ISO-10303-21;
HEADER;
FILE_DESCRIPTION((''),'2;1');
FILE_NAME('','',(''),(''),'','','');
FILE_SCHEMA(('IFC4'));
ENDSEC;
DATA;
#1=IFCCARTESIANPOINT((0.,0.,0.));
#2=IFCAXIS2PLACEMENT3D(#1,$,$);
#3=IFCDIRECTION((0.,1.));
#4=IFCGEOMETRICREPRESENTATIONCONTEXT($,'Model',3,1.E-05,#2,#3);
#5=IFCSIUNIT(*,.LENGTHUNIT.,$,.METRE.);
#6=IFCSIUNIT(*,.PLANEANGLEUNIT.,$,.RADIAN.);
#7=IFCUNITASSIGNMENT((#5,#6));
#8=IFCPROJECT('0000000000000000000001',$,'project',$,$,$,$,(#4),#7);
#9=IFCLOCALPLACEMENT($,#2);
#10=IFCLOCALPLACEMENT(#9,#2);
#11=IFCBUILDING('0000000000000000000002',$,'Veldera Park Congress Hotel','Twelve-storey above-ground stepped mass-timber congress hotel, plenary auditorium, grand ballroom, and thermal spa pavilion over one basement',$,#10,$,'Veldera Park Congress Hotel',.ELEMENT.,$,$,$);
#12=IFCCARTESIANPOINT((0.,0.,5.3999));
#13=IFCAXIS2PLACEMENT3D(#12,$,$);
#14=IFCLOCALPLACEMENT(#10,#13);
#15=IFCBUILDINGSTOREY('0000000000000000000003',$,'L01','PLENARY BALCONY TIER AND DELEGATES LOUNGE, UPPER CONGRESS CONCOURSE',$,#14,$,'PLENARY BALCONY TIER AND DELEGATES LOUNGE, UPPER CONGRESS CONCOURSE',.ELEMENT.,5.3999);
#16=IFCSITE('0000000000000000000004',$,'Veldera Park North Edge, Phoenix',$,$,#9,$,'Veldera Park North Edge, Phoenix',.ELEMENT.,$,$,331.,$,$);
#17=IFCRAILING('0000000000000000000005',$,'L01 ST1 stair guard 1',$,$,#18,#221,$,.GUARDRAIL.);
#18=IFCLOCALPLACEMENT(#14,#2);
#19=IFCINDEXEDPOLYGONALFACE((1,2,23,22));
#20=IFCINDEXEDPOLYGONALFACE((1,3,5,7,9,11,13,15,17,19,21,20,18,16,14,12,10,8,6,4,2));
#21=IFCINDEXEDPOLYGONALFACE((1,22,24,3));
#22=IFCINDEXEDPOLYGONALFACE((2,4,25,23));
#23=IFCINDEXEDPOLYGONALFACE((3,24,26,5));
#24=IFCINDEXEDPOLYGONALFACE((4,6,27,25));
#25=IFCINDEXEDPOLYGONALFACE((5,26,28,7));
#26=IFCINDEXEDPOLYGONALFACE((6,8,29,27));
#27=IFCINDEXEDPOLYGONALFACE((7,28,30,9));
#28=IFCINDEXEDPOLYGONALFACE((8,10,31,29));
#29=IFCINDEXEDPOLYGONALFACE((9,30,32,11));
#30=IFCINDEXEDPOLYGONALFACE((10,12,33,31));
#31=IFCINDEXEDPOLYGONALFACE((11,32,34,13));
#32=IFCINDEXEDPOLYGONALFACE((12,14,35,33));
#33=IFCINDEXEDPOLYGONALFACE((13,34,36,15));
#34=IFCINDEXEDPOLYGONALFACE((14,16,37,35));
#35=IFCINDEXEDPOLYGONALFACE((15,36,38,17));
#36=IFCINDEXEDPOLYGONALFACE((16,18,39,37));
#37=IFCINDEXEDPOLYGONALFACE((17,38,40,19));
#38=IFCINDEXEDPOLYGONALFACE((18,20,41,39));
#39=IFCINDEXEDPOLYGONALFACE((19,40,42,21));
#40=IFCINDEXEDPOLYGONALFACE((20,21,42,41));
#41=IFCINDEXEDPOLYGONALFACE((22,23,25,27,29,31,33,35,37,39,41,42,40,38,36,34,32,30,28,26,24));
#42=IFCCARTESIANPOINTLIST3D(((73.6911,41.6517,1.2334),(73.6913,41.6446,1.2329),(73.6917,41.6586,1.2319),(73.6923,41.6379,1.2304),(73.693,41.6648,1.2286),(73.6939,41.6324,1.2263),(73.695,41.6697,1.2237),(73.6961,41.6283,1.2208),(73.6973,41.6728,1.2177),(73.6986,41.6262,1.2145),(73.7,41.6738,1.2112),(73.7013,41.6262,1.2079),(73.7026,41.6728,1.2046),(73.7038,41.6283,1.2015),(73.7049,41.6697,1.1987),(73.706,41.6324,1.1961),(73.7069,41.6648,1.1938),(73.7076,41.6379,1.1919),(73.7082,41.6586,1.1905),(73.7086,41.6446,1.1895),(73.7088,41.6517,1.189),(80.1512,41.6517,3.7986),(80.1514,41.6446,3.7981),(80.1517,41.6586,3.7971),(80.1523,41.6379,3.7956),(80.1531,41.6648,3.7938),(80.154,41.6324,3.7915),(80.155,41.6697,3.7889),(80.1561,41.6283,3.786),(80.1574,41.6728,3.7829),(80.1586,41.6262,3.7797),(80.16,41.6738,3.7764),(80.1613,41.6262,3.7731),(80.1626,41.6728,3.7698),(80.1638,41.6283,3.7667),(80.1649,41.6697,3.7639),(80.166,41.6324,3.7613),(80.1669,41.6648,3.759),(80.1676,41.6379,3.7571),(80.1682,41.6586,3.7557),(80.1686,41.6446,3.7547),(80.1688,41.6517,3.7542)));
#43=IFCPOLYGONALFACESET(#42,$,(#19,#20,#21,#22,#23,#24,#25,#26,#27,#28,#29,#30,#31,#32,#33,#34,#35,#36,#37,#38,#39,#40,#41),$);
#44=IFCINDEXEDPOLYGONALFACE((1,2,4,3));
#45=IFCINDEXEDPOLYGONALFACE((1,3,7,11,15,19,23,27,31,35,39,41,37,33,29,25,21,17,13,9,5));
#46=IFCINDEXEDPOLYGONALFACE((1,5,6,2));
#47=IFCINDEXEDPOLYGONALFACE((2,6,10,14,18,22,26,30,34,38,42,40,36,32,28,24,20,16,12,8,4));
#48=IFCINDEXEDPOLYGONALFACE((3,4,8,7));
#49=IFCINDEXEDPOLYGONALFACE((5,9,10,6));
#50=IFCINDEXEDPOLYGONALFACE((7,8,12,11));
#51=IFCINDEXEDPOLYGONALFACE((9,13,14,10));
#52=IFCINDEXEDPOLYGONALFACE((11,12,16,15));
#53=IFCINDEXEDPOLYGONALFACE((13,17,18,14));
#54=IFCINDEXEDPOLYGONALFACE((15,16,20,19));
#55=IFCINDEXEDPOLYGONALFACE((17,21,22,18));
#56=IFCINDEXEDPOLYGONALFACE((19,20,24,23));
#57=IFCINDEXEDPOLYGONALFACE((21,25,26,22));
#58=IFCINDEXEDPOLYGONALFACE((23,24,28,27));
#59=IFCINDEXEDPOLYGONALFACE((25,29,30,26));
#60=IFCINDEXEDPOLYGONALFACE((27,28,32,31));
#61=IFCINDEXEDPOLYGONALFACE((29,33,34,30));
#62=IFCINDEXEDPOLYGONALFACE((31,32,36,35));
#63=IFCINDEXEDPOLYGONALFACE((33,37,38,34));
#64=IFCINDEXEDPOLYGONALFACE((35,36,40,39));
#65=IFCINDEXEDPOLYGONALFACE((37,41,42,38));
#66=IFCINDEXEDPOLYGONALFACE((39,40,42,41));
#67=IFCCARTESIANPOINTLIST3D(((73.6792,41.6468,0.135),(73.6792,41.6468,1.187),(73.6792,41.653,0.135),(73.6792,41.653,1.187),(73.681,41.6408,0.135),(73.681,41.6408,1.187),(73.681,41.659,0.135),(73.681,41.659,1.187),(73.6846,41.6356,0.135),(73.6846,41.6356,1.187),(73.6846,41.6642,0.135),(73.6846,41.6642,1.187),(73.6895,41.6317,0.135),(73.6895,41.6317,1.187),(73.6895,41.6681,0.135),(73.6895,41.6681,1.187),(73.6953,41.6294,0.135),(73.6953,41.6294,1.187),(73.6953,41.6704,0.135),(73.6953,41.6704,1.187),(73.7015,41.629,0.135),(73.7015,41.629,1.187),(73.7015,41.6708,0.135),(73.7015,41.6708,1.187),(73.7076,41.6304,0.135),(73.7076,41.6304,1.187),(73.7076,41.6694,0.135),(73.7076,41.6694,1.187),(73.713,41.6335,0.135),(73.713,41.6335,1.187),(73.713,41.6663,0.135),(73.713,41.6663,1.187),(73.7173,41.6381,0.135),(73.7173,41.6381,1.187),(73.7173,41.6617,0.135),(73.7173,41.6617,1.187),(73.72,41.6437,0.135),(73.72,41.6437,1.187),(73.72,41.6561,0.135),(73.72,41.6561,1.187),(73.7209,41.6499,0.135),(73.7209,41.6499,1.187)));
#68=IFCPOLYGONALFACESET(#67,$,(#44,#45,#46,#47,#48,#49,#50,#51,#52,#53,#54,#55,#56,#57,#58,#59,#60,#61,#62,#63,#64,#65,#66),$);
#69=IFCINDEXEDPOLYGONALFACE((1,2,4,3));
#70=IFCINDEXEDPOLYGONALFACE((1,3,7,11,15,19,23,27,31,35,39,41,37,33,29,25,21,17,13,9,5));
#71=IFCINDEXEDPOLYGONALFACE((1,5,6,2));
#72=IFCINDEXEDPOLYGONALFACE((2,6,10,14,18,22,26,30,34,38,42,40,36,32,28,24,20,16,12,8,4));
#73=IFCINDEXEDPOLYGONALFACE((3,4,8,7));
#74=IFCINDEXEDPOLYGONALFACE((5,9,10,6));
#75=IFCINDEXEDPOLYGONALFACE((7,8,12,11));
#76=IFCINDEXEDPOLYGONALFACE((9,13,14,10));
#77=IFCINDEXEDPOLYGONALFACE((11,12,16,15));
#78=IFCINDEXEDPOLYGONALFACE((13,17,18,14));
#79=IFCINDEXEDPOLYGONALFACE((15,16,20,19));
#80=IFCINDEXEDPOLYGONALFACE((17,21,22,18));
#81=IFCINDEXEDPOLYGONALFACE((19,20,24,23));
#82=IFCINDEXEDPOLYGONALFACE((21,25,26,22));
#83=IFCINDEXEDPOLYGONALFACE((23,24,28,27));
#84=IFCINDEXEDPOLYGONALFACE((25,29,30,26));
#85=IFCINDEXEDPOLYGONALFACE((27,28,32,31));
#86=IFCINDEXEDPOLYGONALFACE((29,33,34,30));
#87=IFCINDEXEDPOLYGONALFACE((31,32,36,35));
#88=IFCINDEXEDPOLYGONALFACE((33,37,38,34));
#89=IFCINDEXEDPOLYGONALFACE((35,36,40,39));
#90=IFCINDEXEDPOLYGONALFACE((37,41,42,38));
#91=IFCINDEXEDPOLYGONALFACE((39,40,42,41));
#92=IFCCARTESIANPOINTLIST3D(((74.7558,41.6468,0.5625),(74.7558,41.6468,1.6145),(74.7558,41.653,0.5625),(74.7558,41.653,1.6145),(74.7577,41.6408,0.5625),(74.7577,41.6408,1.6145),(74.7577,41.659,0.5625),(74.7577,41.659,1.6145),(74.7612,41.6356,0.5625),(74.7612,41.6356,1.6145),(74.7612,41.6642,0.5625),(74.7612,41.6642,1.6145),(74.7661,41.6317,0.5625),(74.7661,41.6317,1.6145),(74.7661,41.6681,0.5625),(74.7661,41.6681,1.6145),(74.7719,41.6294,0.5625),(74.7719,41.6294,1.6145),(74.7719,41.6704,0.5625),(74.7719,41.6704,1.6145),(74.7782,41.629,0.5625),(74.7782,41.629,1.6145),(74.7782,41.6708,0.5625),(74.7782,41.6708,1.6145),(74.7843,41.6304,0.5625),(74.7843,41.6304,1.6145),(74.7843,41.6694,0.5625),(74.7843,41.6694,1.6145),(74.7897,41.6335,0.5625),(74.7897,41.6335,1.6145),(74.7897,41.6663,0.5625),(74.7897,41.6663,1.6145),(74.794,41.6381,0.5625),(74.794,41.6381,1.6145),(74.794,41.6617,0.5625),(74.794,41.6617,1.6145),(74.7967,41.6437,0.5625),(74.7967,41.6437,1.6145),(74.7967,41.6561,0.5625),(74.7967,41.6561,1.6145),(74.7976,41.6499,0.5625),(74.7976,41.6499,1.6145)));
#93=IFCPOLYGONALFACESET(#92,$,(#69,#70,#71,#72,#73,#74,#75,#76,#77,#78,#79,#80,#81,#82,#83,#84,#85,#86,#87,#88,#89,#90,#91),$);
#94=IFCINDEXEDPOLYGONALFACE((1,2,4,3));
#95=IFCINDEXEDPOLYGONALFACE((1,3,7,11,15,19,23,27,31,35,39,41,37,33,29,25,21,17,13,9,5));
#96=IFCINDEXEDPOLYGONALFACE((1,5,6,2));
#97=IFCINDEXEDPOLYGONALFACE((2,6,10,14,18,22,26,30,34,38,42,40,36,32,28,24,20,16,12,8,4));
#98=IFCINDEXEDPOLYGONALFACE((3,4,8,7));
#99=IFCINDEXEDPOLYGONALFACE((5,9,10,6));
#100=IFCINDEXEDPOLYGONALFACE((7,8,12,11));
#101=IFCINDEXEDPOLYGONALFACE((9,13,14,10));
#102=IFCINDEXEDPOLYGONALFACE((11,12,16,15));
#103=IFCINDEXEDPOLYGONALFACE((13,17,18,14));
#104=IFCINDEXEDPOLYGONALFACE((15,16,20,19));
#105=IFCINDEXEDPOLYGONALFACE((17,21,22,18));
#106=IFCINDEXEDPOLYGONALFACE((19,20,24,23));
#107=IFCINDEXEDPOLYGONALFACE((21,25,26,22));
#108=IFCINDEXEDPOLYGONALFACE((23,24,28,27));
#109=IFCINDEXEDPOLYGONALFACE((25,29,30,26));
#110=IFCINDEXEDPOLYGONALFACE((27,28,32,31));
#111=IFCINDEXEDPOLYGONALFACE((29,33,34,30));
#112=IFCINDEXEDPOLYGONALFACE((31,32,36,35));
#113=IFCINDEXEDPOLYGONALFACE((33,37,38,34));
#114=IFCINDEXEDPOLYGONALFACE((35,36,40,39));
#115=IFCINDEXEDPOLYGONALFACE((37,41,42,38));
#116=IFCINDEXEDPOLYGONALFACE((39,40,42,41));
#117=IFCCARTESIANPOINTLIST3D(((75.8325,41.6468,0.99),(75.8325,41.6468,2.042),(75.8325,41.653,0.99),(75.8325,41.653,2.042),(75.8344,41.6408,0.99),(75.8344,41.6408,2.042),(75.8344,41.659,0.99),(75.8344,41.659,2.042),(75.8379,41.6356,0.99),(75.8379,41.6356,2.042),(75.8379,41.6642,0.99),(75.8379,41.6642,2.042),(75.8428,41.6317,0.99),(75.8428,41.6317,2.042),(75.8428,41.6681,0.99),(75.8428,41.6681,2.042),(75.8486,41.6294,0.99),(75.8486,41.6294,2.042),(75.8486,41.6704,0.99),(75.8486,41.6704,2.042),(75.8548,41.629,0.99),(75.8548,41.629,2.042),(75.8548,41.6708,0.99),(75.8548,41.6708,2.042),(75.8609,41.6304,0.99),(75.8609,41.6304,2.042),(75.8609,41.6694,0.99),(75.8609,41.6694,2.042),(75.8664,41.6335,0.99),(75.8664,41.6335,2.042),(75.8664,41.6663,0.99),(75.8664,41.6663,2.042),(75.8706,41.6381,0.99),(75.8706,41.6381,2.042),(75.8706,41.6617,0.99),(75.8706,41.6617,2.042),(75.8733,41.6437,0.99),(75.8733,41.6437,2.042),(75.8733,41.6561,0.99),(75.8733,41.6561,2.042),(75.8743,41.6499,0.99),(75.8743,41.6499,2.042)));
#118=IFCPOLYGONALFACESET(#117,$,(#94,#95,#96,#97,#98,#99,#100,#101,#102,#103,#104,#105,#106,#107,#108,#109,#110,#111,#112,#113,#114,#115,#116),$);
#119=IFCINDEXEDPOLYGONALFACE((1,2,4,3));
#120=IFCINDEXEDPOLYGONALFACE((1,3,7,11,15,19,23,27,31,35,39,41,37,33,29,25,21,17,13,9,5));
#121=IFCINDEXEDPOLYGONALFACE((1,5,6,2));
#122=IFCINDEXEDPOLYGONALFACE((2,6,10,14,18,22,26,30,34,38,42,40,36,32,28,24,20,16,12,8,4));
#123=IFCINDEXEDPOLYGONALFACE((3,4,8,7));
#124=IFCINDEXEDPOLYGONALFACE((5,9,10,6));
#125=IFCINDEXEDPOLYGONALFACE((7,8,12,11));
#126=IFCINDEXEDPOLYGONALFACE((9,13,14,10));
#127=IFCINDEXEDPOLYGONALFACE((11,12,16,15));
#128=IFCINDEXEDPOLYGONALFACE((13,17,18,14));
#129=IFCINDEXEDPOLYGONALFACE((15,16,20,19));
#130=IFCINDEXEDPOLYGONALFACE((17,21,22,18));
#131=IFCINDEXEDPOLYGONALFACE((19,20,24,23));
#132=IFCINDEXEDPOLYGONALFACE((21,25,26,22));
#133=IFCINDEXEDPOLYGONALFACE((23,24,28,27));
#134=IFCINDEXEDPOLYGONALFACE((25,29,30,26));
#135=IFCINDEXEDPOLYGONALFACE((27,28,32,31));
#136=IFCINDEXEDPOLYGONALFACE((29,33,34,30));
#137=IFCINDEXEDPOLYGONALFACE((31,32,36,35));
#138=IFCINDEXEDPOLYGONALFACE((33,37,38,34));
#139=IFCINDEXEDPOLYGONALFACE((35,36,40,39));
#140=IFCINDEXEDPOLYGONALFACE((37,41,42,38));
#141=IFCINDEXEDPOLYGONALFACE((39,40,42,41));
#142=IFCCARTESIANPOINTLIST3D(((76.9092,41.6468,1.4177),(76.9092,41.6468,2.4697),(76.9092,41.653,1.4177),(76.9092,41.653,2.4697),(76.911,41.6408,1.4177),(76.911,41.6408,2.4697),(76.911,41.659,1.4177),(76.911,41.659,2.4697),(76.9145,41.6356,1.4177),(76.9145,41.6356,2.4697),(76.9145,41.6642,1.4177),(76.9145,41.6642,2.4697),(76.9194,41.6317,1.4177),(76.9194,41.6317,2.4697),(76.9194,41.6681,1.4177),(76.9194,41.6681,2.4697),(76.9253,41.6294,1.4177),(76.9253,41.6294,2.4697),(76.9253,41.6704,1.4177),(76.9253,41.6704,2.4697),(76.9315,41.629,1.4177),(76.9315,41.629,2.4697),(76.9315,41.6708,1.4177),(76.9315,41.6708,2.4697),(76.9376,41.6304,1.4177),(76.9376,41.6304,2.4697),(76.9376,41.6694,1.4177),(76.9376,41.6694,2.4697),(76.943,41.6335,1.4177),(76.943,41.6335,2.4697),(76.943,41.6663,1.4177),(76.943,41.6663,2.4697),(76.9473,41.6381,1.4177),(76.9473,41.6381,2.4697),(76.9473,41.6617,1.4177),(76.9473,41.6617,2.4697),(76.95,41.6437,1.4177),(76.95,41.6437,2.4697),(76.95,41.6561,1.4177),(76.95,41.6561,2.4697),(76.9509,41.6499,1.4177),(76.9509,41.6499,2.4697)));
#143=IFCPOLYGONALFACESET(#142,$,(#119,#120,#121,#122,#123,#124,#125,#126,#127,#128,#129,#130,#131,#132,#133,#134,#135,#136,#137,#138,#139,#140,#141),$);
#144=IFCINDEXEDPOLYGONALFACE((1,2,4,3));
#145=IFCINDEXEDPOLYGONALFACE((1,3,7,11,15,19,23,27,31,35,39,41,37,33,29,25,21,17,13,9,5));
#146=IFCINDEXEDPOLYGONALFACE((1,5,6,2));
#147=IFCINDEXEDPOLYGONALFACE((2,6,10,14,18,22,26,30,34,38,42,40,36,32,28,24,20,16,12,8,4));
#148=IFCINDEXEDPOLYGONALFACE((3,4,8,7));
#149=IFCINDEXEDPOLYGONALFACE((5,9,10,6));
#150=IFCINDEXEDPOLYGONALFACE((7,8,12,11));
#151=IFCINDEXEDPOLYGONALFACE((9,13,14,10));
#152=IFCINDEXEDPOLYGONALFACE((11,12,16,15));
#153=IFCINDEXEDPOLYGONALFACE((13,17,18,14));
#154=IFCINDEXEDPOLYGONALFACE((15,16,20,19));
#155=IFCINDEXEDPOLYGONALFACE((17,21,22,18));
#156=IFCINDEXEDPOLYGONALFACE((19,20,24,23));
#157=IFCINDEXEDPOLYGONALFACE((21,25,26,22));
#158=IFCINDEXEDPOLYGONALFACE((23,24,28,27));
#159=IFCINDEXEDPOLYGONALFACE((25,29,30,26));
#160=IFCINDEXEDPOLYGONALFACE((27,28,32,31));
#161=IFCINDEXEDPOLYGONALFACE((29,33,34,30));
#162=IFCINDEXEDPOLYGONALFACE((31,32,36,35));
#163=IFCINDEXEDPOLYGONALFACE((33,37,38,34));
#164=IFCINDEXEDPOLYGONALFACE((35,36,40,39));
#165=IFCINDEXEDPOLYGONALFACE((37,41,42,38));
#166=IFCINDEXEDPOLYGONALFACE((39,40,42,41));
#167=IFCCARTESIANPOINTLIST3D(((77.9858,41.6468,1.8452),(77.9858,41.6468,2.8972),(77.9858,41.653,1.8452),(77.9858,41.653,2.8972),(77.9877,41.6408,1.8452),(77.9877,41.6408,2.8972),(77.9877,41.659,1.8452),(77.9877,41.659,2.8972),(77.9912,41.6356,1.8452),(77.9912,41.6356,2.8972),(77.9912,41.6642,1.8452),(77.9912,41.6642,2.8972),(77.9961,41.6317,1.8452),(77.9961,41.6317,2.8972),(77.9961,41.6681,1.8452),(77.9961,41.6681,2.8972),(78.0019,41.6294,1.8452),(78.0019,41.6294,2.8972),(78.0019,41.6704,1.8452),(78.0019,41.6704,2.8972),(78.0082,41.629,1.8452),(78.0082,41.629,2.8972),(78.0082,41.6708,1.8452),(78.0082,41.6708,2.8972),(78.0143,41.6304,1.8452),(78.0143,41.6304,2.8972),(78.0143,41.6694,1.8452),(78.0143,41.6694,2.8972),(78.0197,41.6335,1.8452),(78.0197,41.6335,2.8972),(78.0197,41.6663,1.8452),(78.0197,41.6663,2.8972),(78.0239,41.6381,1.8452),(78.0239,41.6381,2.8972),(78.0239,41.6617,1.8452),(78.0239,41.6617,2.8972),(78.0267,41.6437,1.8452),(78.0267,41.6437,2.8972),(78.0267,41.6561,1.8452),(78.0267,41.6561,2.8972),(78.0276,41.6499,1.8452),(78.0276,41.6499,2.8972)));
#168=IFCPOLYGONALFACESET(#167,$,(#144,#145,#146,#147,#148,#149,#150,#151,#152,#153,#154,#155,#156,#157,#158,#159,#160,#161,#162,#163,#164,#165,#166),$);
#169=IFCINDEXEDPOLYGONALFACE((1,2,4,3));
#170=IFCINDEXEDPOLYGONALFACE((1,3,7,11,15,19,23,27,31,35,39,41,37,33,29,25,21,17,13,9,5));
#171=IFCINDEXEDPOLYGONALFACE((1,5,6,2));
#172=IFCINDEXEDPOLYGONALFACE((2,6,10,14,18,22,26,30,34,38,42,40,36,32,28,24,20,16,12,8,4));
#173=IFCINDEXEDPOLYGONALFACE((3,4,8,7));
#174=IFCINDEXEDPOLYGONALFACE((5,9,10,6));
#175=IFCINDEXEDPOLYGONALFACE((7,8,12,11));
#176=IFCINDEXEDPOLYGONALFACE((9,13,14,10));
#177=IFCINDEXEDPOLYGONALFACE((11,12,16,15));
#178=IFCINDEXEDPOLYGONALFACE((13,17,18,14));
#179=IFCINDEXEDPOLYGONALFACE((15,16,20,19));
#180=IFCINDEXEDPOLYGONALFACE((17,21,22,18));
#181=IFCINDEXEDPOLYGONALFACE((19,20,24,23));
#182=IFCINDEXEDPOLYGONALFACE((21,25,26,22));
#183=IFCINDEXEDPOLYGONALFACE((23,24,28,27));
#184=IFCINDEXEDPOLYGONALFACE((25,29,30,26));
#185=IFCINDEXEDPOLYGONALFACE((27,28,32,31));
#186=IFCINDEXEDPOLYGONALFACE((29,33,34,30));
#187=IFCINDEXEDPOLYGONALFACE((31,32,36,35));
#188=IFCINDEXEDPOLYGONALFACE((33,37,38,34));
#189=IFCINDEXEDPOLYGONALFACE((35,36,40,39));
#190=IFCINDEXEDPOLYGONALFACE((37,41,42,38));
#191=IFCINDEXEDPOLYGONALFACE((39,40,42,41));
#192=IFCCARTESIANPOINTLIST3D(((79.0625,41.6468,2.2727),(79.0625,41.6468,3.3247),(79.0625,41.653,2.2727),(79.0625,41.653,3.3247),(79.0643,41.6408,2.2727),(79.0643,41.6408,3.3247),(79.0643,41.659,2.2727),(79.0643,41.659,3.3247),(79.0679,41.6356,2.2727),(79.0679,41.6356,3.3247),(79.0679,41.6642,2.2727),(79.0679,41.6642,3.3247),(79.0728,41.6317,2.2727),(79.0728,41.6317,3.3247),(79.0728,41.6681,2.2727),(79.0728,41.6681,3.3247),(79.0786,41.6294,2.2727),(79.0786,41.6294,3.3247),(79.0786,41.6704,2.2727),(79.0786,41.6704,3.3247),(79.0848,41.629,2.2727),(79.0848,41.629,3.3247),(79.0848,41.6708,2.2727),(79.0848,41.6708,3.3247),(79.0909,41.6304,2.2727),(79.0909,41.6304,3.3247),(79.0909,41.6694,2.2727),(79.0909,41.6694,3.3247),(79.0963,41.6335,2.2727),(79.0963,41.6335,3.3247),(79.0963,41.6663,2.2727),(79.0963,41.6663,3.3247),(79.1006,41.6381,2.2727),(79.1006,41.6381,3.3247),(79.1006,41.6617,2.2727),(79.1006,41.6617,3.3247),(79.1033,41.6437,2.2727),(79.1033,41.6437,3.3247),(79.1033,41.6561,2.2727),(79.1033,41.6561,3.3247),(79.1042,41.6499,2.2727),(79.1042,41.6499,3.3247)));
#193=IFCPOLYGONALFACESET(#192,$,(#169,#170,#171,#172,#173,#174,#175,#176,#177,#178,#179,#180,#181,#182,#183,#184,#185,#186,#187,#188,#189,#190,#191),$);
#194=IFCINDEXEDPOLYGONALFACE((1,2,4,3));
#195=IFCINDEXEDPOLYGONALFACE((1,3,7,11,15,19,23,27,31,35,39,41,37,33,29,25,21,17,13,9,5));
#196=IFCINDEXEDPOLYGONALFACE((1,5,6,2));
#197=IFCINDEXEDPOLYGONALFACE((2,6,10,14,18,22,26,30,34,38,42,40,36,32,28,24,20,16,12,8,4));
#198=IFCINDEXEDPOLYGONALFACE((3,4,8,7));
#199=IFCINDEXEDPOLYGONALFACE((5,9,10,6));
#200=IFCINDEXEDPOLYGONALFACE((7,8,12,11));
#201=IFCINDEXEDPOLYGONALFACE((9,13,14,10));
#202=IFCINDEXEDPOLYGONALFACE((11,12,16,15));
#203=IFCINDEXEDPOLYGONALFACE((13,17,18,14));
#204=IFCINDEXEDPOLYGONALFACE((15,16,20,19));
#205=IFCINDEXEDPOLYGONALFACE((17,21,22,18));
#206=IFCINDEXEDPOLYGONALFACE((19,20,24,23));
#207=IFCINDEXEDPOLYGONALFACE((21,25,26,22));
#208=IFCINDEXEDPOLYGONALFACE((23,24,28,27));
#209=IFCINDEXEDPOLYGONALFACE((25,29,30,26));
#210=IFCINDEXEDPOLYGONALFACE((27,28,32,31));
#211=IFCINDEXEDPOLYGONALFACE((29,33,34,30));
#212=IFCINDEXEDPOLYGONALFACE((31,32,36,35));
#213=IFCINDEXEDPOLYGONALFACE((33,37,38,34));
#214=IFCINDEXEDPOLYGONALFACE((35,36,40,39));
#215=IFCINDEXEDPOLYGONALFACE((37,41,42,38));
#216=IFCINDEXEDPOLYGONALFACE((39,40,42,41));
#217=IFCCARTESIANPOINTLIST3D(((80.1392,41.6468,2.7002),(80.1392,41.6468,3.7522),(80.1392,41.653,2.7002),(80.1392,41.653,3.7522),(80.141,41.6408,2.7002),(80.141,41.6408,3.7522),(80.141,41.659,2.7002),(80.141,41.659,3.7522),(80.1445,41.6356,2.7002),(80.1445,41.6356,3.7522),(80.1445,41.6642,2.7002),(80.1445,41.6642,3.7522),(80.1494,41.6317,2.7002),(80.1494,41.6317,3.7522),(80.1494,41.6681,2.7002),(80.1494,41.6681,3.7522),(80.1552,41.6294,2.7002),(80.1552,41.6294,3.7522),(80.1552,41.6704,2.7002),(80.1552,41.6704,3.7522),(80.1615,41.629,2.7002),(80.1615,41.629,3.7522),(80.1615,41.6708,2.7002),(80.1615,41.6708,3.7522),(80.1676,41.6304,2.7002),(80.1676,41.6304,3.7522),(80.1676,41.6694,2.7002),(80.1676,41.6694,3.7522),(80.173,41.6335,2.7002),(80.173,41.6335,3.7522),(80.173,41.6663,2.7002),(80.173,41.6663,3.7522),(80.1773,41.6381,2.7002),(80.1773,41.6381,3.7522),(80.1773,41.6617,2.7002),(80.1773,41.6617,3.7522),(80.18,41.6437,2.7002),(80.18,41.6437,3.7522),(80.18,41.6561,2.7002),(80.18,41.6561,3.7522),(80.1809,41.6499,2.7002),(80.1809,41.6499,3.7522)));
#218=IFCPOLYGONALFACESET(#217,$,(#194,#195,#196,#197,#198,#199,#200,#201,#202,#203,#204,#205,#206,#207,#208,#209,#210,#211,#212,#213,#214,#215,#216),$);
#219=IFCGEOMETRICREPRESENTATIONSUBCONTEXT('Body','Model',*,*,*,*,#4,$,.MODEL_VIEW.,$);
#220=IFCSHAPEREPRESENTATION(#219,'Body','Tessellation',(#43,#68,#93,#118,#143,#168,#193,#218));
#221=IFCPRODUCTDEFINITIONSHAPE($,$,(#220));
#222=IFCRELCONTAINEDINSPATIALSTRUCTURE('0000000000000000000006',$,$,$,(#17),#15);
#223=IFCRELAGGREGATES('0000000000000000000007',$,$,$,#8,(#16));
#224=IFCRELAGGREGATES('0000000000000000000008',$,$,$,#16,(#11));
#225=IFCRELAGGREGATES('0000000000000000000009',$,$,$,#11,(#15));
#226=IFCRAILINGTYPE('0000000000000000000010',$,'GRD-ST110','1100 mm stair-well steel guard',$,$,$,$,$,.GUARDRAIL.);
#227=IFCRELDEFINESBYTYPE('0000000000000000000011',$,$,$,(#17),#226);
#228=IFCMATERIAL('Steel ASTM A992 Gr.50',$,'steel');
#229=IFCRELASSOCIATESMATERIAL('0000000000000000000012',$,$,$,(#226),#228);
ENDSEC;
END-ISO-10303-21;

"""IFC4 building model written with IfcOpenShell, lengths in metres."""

from ifc_helpers import new_model, si_unit, direction, frame, origin, origin_2d, place, context, subcontext, project, spatial, circle, extrude, material, type_object, element, save


model = new_model("IFC4")

# Units and contexts
model_context = context("Model", 3, precision=1e-05, world=origin(), true_north=direction((0.0, 1.0)))
body_context = subcontext(model_context, "Body", "Model", "MODEL_VIEW")
ifc_project = project(units=[si_unit("LENGTHUNIT", "METRE"), si_unit("PLANEANGLEUNIT", "RADIAN")], contexts=[model_context])

# Site, building, storey
site_placement = place(None, origin())
site = spatial("IfcSite", under=ifc_project, at=site_placement, Name="Veldera Park North Edge, Phoenix", LongName="Veldera Park North Edge, Phoenix", CompositionType="ELEMENT", RefElevation=331.0)
building_placement = place(site_placement, origin())
building = spatial("IfcBuilding", under=site, at=building_placement, Name="Veldera Park Congress Hotel", Description="Twelve-storey above-ground stepped mass-timber congress hotel, plenary auditorium, grand ballroom, and thermal spa pavilion over one basement", LongName="Veldera Park Congress Hotel", CompositionType="ELEMENT")
storey_placement = place(building_placement, frame((0.0, 0.0, 5.3999)))
storey = spatial("IfcBuildingStorey", under=building, at=storey_placement, Name="L01", Description="PLENARY BALCONY TIER AND DELEGATES LOUNGE, UPPER CONGRESS CONCOURSE", LongName="PLENARY BALCONY TIER AND DELEGATES LOUNGE, UPPER CONGRESS CONCOURSE", CompositionType="ELEMENT", Elevation=5.3999)

# Railing
ifc_material_1 = material(Name="Steel ASTM A992 Gr.50", Category="steel")
railing_type_1 = type_object("IfcRailingType", Name="GRD-ST110", Description="1100 mm stair-well steel guard", PredefinedType="GUARDRAIL", material=ifc_material_1)
railing_1_placement = place(storey_placement, frame((73.7, 41.6499, 0.135)))
element("IfcRailing", 1, at=railing_1_placement, inside=storey, type_object=railing_type_1, Name="L01 ST1 stair guard 1", PredefinedType="GUARDRAIL", context=body_context, shape_type="SweptSolid", body=[
    extrude(circle(Radius=0.0239, at=origin_2d()), frame((0.0, 0.0, 1.0762), z_axis=(0.929406, 0.0, 0.369058), x_axis=(0.0, 1.0, 0.0)), (0.0, 0.0, 1.0), 6.9507),
    extrude(circle(Radius=0.021, at=origin_2d()), origin(), (0.0, 0.0, 1.0), 1.052),
    extrude(circle(Radius=0.021, at=origin_2d()), frame((1.0767, 0.0, 0.4275)), (0.0, 0.0, 1.0), 1.052),
    extrude(circle(Radius=0.021, at=origin_2d()), frame((2.1533, 0.0, 0.855)), (0.0, 0.0, 1.0), 1.052),
    extrude(circle(Radius=0.021, at=origin_2d()), frame((3.23, 0.0, 1.2827)), (0.0, 0.0, 1.0), 1.052),
    extrude(circle(Radius=0.021, at=origin_2d()), frame((4.3066, 0.0, 1.7102)), (0.0, 0.0, 1.0), 1.052),
    extrude(circle(Radius=0.021, at=origin_2d()), frame((5.3833, 0.0, 2.1377)), (0.0, 0.0, 1.0), 1.052),
    extrude(circle(Radius=0.021, at=origin_2d()), frame((6.46, 0.0, 2.5652)), (0.0, 0.0, 1.0), 1.052),
])

save(model, "model.ifc")
